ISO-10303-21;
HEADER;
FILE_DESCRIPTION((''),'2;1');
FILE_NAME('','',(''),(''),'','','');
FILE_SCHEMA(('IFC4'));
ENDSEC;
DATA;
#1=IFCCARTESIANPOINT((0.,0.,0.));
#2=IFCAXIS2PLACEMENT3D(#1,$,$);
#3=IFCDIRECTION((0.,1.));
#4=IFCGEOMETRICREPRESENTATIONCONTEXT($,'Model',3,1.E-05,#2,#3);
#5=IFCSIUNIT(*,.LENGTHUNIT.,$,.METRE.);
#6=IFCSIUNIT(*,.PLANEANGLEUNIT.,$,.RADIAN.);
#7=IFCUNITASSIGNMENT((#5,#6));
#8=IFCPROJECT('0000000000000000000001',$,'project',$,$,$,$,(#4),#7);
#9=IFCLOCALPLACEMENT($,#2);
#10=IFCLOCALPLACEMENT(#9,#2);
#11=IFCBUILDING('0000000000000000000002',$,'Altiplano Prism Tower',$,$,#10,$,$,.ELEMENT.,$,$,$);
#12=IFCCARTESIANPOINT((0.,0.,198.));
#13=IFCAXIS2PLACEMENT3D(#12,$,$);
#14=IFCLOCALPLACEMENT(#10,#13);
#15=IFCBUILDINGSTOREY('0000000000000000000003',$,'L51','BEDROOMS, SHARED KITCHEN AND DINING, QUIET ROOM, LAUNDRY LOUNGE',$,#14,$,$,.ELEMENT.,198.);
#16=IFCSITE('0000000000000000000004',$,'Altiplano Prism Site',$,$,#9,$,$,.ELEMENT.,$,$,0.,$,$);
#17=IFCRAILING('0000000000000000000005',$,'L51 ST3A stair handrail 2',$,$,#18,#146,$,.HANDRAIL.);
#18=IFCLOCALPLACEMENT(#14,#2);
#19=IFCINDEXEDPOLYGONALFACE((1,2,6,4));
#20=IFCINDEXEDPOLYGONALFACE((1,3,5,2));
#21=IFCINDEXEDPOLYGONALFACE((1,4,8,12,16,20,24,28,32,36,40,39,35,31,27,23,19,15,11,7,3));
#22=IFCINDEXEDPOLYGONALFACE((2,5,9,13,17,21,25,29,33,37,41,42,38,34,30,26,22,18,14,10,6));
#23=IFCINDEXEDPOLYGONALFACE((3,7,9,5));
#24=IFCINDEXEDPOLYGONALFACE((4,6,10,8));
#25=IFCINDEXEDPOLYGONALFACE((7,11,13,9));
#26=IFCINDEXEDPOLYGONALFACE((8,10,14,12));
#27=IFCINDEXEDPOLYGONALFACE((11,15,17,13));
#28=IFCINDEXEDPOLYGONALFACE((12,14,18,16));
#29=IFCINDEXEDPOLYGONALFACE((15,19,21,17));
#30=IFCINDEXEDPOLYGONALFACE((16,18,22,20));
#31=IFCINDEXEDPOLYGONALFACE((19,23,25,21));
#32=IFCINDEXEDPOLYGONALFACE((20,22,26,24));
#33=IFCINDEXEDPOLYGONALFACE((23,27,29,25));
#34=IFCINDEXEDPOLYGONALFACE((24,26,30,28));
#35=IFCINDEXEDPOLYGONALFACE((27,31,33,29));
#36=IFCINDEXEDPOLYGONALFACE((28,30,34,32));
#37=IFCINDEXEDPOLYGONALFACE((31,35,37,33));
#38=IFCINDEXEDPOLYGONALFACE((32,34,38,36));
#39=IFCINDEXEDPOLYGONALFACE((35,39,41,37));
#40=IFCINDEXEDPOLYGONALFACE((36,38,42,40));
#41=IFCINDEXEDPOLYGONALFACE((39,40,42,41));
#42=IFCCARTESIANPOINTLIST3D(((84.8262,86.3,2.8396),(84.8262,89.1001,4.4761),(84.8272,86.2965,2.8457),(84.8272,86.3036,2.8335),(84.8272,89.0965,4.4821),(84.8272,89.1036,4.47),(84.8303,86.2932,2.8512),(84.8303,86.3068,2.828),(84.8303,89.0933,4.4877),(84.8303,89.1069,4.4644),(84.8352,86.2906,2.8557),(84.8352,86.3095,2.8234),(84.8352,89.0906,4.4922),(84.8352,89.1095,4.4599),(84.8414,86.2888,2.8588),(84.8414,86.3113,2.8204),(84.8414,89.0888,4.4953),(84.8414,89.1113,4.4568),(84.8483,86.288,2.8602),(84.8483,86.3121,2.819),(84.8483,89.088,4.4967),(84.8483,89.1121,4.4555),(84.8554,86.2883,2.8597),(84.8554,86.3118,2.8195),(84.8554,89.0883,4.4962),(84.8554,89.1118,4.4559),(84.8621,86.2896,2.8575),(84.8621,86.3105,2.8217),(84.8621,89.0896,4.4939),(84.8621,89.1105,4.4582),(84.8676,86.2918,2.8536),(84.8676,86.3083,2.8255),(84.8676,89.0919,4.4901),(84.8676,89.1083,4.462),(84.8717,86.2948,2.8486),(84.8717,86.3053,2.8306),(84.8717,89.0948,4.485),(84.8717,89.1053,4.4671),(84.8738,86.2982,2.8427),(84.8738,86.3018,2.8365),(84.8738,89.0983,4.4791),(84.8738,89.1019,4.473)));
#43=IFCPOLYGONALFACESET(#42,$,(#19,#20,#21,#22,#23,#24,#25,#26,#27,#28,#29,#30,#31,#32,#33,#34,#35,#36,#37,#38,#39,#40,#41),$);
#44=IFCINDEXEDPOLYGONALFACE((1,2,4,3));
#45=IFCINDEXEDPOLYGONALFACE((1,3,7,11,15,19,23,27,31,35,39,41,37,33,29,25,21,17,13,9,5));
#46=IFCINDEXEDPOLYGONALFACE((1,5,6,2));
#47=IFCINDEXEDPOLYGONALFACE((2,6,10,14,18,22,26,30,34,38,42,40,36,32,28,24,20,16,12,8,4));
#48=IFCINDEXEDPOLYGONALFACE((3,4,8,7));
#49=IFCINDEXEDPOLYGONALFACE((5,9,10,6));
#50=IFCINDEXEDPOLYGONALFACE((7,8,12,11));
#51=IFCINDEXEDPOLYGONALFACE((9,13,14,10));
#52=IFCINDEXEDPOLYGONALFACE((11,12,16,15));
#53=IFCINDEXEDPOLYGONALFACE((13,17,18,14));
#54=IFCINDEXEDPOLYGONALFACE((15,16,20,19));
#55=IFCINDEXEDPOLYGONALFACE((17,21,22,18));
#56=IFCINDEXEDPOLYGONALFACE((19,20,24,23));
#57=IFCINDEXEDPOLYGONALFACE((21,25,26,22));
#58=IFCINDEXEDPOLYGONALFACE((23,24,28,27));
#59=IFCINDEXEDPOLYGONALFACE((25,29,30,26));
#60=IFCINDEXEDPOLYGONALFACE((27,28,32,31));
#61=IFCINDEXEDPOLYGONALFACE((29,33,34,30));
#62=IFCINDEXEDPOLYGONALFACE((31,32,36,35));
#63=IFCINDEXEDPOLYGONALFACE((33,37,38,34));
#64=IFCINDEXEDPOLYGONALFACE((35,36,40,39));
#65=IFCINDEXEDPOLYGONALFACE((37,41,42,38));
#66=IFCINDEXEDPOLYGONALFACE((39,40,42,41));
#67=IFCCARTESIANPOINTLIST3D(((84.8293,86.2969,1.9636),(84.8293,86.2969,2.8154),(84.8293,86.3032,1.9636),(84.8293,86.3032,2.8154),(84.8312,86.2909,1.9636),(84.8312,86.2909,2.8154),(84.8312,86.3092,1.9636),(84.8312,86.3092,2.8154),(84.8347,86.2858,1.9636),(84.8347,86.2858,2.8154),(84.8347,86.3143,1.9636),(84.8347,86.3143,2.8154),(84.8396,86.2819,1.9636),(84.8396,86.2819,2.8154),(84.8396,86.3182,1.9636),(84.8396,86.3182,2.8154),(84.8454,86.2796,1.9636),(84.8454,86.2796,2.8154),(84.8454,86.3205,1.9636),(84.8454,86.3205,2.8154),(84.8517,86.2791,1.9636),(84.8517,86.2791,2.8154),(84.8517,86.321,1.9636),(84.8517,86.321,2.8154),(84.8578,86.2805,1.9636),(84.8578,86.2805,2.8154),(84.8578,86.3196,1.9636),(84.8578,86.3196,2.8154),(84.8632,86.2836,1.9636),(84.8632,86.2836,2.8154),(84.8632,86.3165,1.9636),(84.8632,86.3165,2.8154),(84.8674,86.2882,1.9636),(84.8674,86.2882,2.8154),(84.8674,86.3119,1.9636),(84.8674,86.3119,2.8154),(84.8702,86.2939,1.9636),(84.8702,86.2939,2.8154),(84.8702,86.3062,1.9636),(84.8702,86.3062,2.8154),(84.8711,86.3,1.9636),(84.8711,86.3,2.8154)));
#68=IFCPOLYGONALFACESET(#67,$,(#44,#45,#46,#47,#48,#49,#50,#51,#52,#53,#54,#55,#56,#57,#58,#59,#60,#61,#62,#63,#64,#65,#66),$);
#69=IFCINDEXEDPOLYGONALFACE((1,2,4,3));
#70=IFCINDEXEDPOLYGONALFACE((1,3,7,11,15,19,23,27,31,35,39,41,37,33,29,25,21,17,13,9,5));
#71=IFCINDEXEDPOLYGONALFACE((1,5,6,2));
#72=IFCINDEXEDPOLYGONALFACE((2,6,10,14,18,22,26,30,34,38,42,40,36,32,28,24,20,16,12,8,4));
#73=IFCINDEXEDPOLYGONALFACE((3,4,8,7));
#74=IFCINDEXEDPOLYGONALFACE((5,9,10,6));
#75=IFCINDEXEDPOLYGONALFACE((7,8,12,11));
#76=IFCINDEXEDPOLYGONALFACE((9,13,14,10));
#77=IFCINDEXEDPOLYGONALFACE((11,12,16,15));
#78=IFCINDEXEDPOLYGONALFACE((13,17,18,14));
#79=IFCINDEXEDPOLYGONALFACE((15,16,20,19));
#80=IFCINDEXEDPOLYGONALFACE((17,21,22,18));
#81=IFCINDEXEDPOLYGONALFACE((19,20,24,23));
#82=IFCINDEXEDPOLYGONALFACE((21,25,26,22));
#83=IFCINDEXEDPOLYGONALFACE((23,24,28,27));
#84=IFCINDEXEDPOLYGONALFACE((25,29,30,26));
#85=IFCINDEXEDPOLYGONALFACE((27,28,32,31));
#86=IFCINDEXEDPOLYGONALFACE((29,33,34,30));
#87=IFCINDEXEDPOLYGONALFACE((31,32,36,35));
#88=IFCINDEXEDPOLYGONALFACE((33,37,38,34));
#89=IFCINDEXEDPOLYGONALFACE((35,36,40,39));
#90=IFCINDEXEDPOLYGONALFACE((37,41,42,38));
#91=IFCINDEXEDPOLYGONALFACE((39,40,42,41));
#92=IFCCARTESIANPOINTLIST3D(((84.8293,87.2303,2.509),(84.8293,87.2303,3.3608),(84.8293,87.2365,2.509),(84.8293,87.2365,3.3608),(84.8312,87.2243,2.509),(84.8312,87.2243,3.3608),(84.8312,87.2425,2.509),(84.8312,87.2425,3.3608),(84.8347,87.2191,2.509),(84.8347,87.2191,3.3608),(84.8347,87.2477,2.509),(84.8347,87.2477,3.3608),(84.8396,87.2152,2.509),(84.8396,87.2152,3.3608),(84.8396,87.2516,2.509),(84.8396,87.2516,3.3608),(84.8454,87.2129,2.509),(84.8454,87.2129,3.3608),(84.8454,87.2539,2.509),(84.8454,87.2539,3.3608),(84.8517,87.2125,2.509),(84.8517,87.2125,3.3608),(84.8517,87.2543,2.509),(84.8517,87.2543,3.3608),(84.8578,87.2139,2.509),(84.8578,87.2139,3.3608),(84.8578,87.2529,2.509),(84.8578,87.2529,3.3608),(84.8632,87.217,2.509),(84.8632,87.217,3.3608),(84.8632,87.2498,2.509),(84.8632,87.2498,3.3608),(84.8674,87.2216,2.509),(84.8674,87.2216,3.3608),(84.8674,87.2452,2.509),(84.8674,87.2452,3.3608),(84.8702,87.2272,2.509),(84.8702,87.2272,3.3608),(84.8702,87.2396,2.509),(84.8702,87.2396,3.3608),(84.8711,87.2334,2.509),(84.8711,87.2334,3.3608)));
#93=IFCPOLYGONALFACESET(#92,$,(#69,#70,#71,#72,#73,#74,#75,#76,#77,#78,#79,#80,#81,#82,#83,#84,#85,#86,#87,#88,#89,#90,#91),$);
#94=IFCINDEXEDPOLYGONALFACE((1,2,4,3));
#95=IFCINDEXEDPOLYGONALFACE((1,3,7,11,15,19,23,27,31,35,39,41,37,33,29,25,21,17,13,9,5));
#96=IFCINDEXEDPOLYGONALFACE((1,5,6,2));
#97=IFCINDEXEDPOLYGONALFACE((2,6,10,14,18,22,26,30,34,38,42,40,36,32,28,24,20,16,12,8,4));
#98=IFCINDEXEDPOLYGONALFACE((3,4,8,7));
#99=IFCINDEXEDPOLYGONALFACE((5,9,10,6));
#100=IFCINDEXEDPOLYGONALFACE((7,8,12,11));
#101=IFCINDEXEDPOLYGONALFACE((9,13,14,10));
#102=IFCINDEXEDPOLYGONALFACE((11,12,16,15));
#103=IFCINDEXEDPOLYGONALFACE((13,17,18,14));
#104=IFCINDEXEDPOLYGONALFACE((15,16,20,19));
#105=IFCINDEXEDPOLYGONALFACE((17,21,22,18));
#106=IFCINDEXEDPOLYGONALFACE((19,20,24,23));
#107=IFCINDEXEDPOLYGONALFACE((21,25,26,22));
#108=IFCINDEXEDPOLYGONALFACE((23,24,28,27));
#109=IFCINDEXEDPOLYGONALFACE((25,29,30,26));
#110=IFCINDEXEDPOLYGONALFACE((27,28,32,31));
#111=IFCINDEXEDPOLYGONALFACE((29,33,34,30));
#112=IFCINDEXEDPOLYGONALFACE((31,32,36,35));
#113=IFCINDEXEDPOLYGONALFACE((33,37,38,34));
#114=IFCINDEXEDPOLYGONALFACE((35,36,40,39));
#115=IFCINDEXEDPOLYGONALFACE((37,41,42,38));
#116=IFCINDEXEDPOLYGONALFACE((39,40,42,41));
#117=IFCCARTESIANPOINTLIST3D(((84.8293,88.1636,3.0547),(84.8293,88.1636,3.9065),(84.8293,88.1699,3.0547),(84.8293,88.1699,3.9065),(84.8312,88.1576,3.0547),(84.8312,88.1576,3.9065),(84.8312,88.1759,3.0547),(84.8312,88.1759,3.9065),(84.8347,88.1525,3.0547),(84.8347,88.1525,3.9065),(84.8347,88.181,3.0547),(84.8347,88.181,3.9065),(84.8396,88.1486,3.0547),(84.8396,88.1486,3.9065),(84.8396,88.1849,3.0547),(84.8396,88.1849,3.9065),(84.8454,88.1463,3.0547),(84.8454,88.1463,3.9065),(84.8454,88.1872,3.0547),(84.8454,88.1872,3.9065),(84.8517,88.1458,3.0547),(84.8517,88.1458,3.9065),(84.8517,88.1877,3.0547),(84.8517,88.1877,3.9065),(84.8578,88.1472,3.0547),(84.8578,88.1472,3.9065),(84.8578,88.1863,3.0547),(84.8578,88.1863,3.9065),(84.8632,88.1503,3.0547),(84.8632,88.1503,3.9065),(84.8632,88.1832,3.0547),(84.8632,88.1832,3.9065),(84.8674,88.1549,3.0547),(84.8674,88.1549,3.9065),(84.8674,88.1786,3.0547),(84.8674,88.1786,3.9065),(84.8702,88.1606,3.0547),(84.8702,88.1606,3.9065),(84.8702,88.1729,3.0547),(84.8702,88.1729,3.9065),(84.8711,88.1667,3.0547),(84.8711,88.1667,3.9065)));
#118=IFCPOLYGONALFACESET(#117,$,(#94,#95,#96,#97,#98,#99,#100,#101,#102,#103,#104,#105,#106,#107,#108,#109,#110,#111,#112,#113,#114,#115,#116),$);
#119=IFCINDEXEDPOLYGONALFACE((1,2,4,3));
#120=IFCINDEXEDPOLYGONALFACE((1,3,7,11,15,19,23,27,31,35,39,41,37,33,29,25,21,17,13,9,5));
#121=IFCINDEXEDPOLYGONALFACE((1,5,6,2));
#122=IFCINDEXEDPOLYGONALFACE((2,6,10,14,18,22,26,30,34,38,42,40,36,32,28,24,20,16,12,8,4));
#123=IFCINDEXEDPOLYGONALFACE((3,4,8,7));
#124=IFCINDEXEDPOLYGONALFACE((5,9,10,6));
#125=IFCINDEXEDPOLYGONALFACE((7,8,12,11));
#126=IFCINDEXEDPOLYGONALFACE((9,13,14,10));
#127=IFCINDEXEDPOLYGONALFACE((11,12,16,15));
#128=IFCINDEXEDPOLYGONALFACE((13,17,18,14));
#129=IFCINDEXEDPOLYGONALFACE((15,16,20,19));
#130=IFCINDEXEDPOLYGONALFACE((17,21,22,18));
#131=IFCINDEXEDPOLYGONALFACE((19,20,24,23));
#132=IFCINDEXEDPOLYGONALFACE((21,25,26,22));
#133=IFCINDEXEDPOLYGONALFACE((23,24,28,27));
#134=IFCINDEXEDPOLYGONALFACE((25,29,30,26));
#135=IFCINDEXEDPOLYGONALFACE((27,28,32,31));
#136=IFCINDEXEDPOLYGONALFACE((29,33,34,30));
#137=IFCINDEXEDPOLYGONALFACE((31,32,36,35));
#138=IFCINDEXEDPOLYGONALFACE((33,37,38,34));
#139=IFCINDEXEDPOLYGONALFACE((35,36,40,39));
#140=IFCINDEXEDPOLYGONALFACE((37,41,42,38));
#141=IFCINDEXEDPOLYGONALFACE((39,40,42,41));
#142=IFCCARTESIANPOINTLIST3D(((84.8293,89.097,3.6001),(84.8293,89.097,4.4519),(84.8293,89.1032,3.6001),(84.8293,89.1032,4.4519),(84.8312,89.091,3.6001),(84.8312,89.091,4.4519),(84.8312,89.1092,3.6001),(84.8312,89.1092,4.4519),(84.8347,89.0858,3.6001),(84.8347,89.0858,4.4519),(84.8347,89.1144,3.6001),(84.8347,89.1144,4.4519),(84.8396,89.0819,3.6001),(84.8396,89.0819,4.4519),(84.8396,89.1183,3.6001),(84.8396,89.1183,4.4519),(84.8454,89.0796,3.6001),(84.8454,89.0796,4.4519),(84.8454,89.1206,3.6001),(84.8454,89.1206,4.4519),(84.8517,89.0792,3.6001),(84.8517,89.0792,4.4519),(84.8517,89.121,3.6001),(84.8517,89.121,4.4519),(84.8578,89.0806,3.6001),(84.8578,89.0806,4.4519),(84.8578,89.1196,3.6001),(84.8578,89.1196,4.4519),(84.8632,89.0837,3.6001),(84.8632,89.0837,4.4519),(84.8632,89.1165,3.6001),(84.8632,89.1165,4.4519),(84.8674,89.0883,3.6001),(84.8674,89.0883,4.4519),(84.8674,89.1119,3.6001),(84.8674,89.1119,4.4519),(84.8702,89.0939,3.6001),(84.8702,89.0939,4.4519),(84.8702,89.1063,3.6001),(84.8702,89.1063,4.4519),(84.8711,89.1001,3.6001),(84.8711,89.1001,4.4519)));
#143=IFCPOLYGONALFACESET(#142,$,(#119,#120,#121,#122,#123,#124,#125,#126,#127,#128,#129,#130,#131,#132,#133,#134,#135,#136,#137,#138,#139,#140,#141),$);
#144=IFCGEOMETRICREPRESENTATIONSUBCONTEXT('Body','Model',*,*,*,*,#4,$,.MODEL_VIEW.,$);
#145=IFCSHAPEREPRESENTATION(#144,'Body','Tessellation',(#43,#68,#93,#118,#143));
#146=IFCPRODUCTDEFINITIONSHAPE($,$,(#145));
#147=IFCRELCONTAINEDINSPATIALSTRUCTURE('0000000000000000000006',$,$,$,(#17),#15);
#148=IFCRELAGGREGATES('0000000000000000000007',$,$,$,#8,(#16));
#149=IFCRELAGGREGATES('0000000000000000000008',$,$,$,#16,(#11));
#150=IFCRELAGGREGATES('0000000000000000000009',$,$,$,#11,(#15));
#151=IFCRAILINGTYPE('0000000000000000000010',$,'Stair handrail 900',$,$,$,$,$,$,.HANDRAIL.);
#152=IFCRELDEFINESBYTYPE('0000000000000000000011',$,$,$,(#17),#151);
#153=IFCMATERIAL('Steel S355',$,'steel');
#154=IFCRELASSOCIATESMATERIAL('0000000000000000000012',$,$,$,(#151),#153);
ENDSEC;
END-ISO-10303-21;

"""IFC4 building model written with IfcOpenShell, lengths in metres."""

from ifc_helpers import new_model, si_unit, direction, frame, origin, origin_2d, place, context, subcontext, project, spatial, circle, extrude, material, type_object, element, save


model = new_model("IFC4")

# Units and contexts
model_context = context("Model", 3, precision=1e-05, world=origin(), true_north=direction((0.0, 1.0)))
body_context = subcontext(model_context, "Body", "Model", "MODEL_VIEW")
ifc_project = project(units=[si_unit("LENGTHUNIT", "METRE"), si_unit("PLANEANGLEUNIT", "RADIAN")], contexts=[model_context])

# Site, building, storey
site_placement = place(None, origin())
site = spatial("IfcSite", under=ifc_project, at=site_placement, Name="Altiplano Prism Site", CompositionType="ELEMENT", RefElevation=0.0)
building_placement = place(site_placement, origin())
building = spatial("IfcBuilding", under=site, at=building_placement, Name="Altiplano Prism Tower", CompositionType="ELEMENT")
storey_placement = place(building_placement, frame((0.0, 0.0, 198.0)))
storey = spatial("IfcBuildingStorey", under=building, at=storey_placement, Name="L51", Description="BEDROOMS, SHARED KITCHEN AND DINING, QUIET ROOM, LAUNDRY LOUNGE", CompositionType="ELEMENT", Elevation=198.0)

# Railing
ifc_material_1 = material(Name="Steel S355", Category="steel")
railing_type = type_object("IfcRailingType", Name="Stair handrail 900", PredefinedType="HANDRAIL", material=ifc_material_1)
for number, where, name in (
    (1, (84.8501, 86.3, 1.9636), "L51 ST3A stair handrail 2"),
):
    element("IfcRailing", number, at=place(storey_placement, frame(where)), inside=storey, type_object=railing_type, Name=name, PredefinedType="HANDRAIL", context=body_context, shape_type="SweptSolid", body=[
        extrude(circle(Radius=0.0239, at=origin_2d()), frame((0.0, 0.0, 0.876), z_axis=(0.0, 0.863361, 0.504587), x_axis=(-1.0, 0.0, 0.0)), (0.0, 0.0, 1.0), 3.2432),
        extrude(circle(Radius=0.021, at=origin_2d()), origin(), (0.0, 0.0, 1.0), 0.8518),
        extrude(circle(Radius=0.021, at=origin_2d()), frame((0.0, 0.9333, 0.5454)), (0.0, 0.0, 1.0), 0.8518),
        extrude(circle(Radius=0.021, at=origin_2d()), frame((0.0, 1.8667, 1.0911)), (0.0, 0.0, 1.0), 0.8518),
        extrude(circle(Radius=0.021, at=origin_2d()), frame((0.0, 2.8, 1.6365)), (0.0, 0.0, 1.0), 0.8518),
    ])

save(model, "model.ifc")
